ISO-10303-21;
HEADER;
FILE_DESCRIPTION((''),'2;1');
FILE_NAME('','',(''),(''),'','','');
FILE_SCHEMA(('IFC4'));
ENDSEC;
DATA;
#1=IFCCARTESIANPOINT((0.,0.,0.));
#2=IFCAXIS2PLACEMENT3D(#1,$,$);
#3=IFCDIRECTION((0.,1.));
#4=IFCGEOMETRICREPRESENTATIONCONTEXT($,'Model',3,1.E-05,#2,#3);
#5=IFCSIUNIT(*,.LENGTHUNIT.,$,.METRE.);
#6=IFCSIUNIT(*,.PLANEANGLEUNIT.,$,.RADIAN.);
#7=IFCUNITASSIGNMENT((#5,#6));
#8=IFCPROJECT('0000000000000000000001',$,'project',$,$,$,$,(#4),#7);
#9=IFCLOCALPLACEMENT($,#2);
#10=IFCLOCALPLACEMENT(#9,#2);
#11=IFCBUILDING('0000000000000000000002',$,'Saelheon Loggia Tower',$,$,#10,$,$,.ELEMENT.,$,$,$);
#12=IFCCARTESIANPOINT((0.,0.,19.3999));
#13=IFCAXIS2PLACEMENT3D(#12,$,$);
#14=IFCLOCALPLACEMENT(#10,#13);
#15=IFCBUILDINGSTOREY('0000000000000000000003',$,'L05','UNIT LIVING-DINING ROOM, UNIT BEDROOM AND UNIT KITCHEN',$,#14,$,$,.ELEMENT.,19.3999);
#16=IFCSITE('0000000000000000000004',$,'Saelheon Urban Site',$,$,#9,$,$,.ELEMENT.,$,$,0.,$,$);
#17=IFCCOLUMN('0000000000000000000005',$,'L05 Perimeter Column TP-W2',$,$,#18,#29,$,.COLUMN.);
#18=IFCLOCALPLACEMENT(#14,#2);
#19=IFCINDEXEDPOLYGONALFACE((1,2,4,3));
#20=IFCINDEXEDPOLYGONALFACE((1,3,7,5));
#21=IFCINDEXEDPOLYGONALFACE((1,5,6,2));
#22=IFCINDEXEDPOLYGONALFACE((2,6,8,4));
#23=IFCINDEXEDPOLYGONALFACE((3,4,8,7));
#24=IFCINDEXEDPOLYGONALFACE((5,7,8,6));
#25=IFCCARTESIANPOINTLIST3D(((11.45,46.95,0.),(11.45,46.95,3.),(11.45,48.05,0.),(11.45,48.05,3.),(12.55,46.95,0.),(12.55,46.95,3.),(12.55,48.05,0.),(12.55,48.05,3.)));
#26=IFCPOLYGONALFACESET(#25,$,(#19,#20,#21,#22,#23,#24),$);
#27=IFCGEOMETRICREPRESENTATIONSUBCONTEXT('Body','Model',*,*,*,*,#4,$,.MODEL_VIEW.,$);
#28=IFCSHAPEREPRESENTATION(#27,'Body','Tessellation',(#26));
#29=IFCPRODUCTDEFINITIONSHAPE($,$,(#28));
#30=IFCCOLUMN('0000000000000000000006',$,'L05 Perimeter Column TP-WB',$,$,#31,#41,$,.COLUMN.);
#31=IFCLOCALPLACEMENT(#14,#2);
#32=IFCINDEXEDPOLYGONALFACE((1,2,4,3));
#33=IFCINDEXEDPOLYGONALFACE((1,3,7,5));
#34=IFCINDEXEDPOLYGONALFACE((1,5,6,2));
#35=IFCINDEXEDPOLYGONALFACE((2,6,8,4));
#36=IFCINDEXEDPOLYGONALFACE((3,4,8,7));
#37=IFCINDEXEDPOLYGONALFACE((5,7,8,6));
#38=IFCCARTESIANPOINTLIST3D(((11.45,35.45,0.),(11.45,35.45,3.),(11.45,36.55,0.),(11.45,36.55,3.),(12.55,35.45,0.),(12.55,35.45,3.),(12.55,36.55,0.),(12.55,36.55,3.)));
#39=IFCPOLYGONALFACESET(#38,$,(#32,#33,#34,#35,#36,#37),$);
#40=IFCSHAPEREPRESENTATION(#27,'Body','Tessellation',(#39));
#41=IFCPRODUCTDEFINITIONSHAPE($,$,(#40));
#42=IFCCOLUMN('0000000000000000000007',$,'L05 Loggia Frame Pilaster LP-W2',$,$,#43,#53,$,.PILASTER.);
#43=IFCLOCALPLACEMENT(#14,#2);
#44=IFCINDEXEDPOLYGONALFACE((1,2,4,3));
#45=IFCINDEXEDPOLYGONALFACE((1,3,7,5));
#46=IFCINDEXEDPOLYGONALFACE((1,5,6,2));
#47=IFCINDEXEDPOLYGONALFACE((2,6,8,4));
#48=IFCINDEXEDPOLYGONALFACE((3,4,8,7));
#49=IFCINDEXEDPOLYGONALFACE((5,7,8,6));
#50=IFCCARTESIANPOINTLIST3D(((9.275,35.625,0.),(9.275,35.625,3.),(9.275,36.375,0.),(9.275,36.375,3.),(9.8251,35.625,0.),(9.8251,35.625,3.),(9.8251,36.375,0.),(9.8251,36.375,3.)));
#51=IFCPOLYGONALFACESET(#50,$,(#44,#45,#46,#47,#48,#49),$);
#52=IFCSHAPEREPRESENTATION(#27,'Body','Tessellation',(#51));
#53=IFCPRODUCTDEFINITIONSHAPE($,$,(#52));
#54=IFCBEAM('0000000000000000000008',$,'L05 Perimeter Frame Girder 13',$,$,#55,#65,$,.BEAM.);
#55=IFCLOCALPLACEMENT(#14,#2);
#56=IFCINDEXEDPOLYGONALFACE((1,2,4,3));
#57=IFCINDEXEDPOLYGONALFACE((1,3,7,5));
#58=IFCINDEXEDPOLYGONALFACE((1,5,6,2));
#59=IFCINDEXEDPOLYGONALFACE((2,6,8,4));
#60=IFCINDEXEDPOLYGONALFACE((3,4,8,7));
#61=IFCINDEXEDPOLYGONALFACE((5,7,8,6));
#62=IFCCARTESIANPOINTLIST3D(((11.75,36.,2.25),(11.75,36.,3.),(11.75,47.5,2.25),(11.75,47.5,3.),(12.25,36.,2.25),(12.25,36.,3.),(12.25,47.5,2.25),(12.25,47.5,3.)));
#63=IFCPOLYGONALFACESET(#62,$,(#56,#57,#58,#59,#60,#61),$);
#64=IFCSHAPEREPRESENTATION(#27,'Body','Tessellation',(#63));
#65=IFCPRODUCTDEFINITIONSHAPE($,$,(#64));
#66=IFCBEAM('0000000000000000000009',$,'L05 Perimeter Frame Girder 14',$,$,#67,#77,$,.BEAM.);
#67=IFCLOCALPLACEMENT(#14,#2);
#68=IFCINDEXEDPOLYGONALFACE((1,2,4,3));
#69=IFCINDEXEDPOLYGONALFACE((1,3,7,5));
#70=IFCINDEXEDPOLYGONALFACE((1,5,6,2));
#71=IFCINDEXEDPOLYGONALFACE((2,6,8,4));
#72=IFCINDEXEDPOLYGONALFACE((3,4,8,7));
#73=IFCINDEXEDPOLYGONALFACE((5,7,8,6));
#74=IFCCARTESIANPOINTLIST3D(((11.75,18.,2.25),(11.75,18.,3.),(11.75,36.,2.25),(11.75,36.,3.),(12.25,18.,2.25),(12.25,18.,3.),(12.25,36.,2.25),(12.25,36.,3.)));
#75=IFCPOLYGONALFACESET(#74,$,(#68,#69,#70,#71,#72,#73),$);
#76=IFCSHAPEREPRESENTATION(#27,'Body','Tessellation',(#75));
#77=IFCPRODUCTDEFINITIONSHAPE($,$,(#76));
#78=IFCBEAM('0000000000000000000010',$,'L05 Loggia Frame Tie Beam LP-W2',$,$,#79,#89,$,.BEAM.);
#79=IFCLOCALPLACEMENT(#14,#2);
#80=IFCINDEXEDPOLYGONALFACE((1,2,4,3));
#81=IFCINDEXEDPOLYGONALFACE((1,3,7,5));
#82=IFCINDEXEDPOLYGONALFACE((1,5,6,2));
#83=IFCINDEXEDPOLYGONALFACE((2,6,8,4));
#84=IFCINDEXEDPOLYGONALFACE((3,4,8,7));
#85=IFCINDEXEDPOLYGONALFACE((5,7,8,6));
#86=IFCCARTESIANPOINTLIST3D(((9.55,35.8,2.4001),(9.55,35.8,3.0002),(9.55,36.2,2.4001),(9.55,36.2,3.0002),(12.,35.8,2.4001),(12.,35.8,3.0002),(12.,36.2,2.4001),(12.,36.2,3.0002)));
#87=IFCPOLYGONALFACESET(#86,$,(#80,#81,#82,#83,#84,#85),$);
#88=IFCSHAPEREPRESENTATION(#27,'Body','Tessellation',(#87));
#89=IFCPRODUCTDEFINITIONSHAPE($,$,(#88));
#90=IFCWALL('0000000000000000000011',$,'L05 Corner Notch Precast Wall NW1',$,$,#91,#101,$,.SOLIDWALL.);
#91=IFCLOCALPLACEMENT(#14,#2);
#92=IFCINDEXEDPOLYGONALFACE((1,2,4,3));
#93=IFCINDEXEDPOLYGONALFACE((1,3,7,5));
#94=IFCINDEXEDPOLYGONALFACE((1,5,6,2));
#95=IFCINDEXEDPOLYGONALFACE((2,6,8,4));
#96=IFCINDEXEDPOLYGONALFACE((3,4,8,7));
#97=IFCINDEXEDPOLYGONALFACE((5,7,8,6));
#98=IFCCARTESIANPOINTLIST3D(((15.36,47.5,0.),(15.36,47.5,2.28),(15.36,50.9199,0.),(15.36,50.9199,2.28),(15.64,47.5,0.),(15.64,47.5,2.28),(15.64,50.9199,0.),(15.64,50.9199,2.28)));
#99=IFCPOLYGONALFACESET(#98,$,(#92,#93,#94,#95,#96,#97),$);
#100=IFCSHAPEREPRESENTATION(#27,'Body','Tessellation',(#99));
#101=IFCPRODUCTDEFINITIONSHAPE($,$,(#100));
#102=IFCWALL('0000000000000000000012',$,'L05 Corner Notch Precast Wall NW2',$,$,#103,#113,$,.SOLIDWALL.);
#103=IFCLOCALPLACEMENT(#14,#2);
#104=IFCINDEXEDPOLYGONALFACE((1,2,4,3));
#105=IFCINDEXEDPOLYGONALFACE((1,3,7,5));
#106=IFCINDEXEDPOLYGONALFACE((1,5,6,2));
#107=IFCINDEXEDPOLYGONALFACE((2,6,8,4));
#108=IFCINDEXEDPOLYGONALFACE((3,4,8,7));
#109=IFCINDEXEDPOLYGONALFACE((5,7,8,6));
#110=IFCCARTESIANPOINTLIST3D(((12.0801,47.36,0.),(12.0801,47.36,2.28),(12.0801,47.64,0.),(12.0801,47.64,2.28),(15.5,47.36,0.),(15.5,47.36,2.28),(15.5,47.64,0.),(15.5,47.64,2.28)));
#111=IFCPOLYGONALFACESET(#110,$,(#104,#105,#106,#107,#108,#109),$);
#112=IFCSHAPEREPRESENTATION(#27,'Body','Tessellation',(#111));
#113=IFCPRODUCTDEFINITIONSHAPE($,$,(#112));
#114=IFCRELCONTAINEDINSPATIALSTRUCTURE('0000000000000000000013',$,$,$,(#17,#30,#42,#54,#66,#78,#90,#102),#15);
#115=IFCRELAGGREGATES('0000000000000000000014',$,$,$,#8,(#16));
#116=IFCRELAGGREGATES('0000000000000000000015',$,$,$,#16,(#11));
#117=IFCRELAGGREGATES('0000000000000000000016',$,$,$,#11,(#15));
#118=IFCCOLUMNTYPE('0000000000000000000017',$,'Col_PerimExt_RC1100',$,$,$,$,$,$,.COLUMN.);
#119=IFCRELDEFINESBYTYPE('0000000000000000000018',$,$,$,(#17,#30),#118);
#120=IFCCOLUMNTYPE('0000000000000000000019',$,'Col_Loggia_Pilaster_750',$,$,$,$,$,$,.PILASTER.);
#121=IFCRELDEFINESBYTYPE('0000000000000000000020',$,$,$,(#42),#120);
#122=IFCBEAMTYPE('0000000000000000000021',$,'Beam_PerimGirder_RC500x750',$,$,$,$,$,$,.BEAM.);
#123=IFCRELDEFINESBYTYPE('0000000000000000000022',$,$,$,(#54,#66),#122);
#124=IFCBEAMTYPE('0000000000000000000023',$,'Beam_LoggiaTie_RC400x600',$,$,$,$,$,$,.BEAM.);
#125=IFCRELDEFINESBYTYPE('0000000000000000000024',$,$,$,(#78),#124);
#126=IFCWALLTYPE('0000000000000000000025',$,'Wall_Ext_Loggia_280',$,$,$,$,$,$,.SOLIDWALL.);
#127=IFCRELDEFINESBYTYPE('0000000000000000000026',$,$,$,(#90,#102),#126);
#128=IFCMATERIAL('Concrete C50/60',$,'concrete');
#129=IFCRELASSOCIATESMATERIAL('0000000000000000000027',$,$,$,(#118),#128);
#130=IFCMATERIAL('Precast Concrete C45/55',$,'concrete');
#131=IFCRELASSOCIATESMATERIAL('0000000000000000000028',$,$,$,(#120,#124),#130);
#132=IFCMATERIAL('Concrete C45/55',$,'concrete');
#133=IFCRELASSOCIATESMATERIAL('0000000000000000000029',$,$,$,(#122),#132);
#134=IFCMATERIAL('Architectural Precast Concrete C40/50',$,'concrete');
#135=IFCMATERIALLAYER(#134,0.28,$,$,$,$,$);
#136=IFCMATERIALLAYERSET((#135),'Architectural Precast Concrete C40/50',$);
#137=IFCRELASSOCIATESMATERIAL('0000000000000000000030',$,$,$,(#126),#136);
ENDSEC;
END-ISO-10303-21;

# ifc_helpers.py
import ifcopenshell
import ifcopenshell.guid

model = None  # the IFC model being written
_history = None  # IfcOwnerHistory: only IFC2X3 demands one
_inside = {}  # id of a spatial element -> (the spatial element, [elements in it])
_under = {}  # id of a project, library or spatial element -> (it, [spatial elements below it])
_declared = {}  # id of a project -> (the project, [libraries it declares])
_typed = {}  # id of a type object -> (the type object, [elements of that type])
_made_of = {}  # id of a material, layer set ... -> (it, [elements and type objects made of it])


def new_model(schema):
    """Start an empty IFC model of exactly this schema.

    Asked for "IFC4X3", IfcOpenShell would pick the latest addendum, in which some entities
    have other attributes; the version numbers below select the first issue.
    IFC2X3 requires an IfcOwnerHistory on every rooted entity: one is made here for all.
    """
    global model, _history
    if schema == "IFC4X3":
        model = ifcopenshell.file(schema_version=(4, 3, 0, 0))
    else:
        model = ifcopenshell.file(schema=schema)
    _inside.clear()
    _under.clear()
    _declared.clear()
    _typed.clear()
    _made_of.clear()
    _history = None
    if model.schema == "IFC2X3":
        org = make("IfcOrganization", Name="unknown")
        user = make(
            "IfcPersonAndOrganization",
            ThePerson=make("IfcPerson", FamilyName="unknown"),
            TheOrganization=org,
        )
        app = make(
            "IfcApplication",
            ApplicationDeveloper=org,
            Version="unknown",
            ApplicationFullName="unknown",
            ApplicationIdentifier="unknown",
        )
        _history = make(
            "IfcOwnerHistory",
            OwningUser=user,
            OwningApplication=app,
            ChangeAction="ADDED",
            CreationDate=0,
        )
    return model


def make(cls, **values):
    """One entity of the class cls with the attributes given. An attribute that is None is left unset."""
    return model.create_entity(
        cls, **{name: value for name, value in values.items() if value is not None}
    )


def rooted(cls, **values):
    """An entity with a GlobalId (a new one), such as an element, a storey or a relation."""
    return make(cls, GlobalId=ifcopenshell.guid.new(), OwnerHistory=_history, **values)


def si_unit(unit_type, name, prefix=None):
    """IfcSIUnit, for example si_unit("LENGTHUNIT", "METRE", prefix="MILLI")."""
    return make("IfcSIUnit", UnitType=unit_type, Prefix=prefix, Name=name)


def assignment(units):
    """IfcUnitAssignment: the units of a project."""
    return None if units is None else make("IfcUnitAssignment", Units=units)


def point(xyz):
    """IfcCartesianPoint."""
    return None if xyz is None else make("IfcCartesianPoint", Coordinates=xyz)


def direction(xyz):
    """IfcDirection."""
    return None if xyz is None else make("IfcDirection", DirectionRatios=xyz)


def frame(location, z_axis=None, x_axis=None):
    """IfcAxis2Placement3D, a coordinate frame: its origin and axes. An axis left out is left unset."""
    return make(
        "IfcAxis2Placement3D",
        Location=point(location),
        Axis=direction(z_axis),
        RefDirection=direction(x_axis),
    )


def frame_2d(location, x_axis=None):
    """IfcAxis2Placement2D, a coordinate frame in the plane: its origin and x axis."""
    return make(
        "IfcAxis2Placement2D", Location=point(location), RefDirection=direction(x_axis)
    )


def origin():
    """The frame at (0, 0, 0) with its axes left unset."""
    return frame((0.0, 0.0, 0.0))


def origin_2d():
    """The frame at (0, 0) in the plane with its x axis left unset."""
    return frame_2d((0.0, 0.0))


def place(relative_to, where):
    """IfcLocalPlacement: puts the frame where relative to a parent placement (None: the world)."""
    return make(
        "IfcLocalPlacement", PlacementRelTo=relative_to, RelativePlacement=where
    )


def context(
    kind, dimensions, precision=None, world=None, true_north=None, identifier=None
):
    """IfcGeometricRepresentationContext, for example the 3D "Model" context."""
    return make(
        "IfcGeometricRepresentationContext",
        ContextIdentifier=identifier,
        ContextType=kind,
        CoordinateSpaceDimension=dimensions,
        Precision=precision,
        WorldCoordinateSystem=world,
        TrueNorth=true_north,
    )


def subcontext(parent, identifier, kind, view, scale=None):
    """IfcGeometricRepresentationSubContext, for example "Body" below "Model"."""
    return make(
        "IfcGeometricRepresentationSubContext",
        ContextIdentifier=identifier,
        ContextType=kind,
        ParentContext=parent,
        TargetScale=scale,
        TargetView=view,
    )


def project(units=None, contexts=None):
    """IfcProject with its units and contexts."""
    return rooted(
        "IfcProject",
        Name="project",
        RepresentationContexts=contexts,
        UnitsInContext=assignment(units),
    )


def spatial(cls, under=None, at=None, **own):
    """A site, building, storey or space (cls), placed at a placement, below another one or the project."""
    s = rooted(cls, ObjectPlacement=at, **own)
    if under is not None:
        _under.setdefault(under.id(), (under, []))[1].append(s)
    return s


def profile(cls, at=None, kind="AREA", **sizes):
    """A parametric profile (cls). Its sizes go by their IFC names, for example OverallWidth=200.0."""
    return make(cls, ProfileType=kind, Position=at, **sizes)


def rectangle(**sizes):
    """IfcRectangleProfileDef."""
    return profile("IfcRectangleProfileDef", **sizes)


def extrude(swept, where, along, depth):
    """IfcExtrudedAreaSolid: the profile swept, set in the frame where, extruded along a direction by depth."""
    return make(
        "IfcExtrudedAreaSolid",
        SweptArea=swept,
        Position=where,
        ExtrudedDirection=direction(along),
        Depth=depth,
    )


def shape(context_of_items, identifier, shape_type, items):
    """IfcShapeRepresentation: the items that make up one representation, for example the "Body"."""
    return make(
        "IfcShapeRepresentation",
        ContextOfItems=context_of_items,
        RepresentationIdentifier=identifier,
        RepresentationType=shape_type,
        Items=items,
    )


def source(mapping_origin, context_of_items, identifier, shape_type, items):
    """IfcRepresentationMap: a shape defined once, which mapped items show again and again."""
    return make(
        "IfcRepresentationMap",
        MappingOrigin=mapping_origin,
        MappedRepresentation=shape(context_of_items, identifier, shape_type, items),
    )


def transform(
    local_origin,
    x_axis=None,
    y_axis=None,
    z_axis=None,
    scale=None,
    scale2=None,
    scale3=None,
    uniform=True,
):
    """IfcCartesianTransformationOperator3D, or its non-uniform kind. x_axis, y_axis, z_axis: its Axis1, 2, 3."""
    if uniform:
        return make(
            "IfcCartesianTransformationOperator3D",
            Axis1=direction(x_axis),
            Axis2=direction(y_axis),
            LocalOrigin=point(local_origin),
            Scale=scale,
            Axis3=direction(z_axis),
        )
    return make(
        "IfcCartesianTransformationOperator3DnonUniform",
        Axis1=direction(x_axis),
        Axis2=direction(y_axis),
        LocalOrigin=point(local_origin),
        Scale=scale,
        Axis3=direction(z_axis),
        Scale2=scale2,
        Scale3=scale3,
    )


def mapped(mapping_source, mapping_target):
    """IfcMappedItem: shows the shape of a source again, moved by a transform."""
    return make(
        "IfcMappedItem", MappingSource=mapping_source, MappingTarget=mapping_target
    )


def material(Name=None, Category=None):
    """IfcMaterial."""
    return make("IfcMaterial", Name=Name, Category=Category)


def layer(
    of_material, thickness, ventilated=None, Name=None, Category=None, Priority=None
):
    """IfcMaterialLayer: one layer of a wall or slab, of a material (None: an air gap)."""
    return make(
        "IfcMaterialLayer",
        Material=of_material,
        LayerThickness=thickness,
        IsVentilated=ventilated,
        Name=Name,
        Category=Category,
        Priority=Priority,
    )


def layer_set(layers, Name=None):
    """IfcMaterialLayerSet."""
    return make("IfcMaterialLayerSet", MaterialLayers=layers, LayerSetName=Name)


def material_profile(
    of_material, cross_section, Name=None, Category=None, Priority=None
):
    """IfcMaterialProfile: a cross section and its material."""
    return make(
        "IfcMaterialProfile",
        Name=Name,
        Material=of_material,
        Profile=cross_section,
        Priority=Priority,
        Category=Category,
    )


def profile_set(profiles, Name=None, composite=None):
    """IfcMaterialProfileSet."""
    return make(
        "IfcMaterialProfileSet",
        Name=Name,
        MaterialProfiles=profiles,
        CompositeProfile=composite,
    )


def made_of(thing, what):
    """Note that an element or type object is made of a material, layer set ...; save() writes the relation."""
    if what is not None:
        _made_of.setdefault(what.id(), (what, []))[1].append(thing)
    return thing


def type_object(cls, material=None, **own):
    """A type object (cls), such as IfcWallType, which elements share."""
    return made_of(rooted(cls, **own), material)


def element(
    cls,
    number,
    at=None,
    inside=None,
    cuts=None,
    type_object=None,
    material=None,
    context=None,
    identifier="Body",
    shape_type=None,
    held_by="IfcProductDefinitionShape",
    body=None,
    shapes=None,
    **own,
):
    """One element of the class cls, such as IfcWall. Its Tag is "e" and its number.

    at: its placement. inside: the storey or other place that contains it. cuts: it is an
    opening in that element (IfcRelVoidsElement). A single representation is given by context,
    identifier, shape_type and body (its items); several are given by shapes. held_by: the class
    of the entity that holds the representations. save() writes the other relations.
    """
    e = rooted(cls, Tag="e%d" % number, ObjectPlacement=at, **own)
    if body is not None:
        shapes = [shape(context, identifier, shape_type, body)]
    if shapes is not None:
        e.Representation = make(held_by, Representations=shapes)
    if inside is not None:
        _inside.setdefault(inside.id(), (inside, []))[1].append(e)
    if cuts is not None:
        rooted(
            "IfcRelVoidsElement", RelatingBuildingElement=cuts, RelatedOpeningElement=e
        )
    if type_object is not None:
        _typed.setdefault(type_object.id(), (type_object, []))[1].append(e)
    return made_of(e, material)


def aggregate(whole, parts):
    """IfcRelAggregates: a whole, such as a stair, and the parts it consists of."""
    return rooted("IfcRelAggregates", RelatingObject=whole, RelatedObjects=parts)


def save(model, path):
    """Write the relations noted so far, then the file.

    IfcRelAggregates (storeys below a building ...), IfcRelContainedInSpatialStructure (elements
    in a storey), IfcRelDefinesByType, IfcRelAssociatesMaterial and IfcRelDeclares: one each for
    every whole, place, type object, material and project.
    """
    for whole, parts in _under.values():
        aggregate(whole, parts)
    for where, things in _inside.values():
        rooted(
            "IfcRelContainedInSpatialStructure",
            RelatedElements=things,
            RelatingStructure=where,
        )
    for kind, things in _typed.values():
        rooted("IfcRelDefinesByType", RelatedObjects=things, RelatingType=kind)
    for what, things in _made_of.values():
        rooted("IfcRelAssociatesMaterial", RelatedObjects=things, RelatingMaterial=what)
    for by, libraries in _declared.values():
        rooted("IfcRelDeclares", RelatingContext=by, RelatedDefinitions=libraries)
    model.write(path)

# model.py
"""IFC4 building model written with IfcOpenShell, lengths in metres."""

from ifc_helpers import new_model, si_unit, direction, frame, frame_2d, origin, origin_2d, place, context, subcontext, project, spatial, rectangle, extrude, source, transform, mapped, material, layer, layer_set, material_profile, profile_set, type_object, element, save


model = new_model("IFC4")

# Units and contexts
model_context = context("Model", 3, precision=1e-05, world=origin(), true_north=direction((0.0, 1.0)))
body_context = subcontext(model_context, "Body", "Model", "MODEL_VIEW")
ifc_project = project(units=[si_unit("LENGTHUNIT", "METRE"), si_unit("PLANEANGLEUNIT", "RADIAN")], contexts=[model_context])

# Site, building, storey
site_placement = place(None, origin())
site = spatial("IfcSite", under=ifc_project, at=site_placement, Name="Saelheon Urban Site", CompositionType="ELEMENT", RefElevation=0.0)
building_placement = place(site_placement, origin())
building = spatial("IfcBuilding", under=site, at=building_placement, Name="Saelheon Loggia Tower", CompositionType="ELEMENT")
storey_placement = place(building_placement, frame((0.0, 0.0, 19.3999)))
storey = spatial("IfcBuildingStorey", under=building, at=storey_placement, Name="L05", Description="UNIT LIVING-DINING ROOM, UNIT BEDROOM AND UNIT KITCHEN", CompositionType="ELEMENT", Elevation=19.3999)

# Columns
ifc_material_1 = material(Name="Concrete C50/60", Category="concrete")
ifc_material_profile_1 = material_profile(ifc_material_1, rectangle(XDim=1.1001, YDim=1.1001, at=origin_2d()), Name="RC-1100x1100")
ifc_profile_set_1 = profile_set([ifc_material_profile_1], Name="Concrete C50/60")
column_type_1 = type_object("IfcColumnType", Name="Col_PerimExt_RC1100", PredefinedType="COLUMN", material=ifc_profile_set_1)
shared_shape_1 = source(origin(), body_context, "Body", "SweptSolid", [
    extrude(rectangle(XDim=1.1001, YDim=1.1001, at=origin_2d()), origin(), (0.0, 0.0, 1.0), 3.0),
])
for number, where, z_axis, x_axis, name in (
    (1, (12.0, 47.5, 0.0), (0.0, 0.0, 1.0), (1.0, 0.0, 0.0), "L05 Perimeter Column TP-W2"),
    (2, (12.0, 36.0, 0.0), (0.0, 0.0, 1.0), (1.0, 0.0, 0.0), "L05 Perimeter Column TP-WB"),
):
    element("IfcColumn", number, at=place(storey_placement, frame(where, z_axis=z_axis, x_axis=x_axis)), inside=storey, type_object=column_type_1, Name=name, PredefinedType="COLUMN", context=body_context, shape_type="MappedRepresentation", body=[
        mapped(shared_shape_1, transform((0.0, 0.0, 0.0), scale=1.0)),
    ])
ifc_material_2 = material(Name="Precast Concrete C45/55", Category="concrete")
ifc_material_profile_2 = material_profile(ifc_material_2, rectangle(XDim=0.55, YDim=0.75, at=origin_2d()), Name="RC-550x750")
ifc_profile_set_2 = profile_set([ifc_material_profile_2], Name="Precast Concrete C45/55")
column_type_2 = type_object("IfcColumnType", Name="Col_Loggia_Pilaster_750", PredefinedType="PILASTER", material=ifc_profile_set_2)
shared_shape_2 = source(origin(), body_context, "Body", "SweptSolid", [
    extrude(rectangle(XDim=0.55, YDim=0.75, at=origin_2d()), origin(), (0.0, 0.0, 1.0), 3.0),
])
column_placement = place(storey_placement, frame((9.55, 36.0, 0.0), z_axis=(0.0, 0.0, 1.0), x_axis=(1.0, 0.0, 0.0)))
element("IfcColumn", 3, at=column_placement, inside=storey, type_object=column_type_2, Name="L05 Loggia Frame Pilaster LP-W2", PredefinedType="PILASTER", context=body_context, shape_type="MappedRepresentation", body=[
    mapped(shared_shape_2, transform((0.0, 0.0, 0.0), scale=1.0)),
])

# Beams
ifc_material_3 = material(Name="Concrete C45/55", Category="concrete")
ifc_material_profile_3 = material_profile(ifc_material_3, rectangle(XDim=0.5, YDim=0.75, at=origin_2d()), Name="RC-500x750")
ifc_profile_set_3 = profile_set([ifc_material_profile_3], Name="Concrete C45/55")
beam_type_1 = type_object("IfcBeamType", Name="Beam_PerimGirder_RC500x750", PredefinedType="BEAM", material=ifc_profile_set_3)
shared_shape_3 = source(origin(), body_context, "Body", "SweptSolid", [
    extrude(rectangle(XDim=0.5, YDim=0.75, at=origin_2d()), origin(), (0.0, 0.0, 1.0), 11.5),
])
beam_1_placement = place(storey_placement, frame((12.0, 47.5, 2.625), z_axis=(0.0, -1.0, 0.0), x_axis=(1.0, 0.0, 0.0)))
element("IfcBeam", 4, at=beam_1_placement, inside=storey, type_object=beam_type_1, Name="L05 Perimeter Frame Girder 13", PredefinedType="BEAM", context=body_context, shape_type="MappedRepresentation", body=[
    mapped(shared_shape_3, transform((0.0, 0.0, 0.0), scale=1.0)),
])
shared_shape_4 = source(origin(), body_context, "Body", "SweptSolid", [
    extrude(rectangle(XDim=0.5, YDim=0.75, at=origin_2d()), origin(), (0.0, 0.0, 1.0), 18.0),
])
beam_2_placement = place(storey_placement, frame((12.0, 36.0, 2.625), z_axis=(0.0, -1.0, 0.0), x_axis=(1.0, 0.0, 0.0)))
element("IfcBeam", 5, at=beam_2_placement, inside=storey, type_object=beam_type_1, Name="L05 Perimeter Frame Girder 14", PredefinedType="BEAM", context=body_context, shape_type="MappedRepresentation", body=[
    mapped(shared_shape_4, transform((0.0, 0.0, 0.0), scale=1.0)),
])
ifc_material_profile_4 = material_profile(ifc_material_2, rectangle(XDim=0.3999, YDim=0.6001, at=origin_2d()), Name="RC-400x600")
ifc_profile_set_4 = profile_set([ifc_material_profile_4], Name="Precast Concrete C45/55")
beam_type_2 = type_object("IfcBeamType", Name="Beam_LoggiaTie_RC400x600", PredefinedType="BEAM", material=ifc_profile_set_4)
shared_shape_5 = source(origin(), body_context, "Body", "SweptSolid", [
    extrude(rectangle(XDim=0.3999, YDim=0.6001, at=origin_2d()), origin(), (0.0, 0.0, 1.0), 2.45),
])
beam_3_placement = place(storey_placement, frame((12.0, 36.0, 2.7002), z_axis=(-1.0, 0.0, 0.0), x_axis=(0.0, -1.0, 0.0)))
element("IfcBeam", 6, at=beam_3_placement, inside=storey, type_object=beam_type_2, Name="L05 Loggia Frame Tie Beam LP-W2", PredefinedType="BEAM", context=body_context, shape_type="MappedRepresentation", body=[
    mapped(shared_shape_5, transform((0.0, 0.0, 0.0), scale=1.0)),
])

# Shared definitions
ifc_material_4 = material(Name="Architectural Precast Concrete C40/50", Category="concrete")
ifc_layer = layer(ifc_material_4, 0.28)
ifc_layer_set = layer_set([ifc_layer], Name="Architectural Precast Concrete C40/50")
wall_type = type_object("IfcWallType", Name="Wall_Ext_Loggia_280", PredefinedType="SOLIDWALL", material=ifc_layer_set)

# Walls
for number, where, z_axis, x_axis, name in (
    (7, (15.5, 47.5, 0.0), (0.0, 0.0, 1.0), (0.0, 1.0, 0.0), "L05 Corner Notch Precast Wall NW1"),
    (8, (12.0801, 47.5, 0.0), (0.0, 0.0, 1.0), (1.0, 0.0, 0.0), "L05 Corner Notch Precast Wall NW2"),
):
    element("IfcWall", number, at=place(storey_placement, frame(where, z_axis=z_axis, x_axis=x_axis)), inside=storey, type_object=wall_type, Name=name, PredefinedType="SOLIDWALL", context=body_context, shape_type="SweptSolid", body=[
        extrude(rectangle(XDim=3.4199, YDim=0.28, at=frame_2d((1.71, 0.0))), origin(), (0.0, 0.0, 1.0), 2.28),
    ])

save(model, "model.ifc")
